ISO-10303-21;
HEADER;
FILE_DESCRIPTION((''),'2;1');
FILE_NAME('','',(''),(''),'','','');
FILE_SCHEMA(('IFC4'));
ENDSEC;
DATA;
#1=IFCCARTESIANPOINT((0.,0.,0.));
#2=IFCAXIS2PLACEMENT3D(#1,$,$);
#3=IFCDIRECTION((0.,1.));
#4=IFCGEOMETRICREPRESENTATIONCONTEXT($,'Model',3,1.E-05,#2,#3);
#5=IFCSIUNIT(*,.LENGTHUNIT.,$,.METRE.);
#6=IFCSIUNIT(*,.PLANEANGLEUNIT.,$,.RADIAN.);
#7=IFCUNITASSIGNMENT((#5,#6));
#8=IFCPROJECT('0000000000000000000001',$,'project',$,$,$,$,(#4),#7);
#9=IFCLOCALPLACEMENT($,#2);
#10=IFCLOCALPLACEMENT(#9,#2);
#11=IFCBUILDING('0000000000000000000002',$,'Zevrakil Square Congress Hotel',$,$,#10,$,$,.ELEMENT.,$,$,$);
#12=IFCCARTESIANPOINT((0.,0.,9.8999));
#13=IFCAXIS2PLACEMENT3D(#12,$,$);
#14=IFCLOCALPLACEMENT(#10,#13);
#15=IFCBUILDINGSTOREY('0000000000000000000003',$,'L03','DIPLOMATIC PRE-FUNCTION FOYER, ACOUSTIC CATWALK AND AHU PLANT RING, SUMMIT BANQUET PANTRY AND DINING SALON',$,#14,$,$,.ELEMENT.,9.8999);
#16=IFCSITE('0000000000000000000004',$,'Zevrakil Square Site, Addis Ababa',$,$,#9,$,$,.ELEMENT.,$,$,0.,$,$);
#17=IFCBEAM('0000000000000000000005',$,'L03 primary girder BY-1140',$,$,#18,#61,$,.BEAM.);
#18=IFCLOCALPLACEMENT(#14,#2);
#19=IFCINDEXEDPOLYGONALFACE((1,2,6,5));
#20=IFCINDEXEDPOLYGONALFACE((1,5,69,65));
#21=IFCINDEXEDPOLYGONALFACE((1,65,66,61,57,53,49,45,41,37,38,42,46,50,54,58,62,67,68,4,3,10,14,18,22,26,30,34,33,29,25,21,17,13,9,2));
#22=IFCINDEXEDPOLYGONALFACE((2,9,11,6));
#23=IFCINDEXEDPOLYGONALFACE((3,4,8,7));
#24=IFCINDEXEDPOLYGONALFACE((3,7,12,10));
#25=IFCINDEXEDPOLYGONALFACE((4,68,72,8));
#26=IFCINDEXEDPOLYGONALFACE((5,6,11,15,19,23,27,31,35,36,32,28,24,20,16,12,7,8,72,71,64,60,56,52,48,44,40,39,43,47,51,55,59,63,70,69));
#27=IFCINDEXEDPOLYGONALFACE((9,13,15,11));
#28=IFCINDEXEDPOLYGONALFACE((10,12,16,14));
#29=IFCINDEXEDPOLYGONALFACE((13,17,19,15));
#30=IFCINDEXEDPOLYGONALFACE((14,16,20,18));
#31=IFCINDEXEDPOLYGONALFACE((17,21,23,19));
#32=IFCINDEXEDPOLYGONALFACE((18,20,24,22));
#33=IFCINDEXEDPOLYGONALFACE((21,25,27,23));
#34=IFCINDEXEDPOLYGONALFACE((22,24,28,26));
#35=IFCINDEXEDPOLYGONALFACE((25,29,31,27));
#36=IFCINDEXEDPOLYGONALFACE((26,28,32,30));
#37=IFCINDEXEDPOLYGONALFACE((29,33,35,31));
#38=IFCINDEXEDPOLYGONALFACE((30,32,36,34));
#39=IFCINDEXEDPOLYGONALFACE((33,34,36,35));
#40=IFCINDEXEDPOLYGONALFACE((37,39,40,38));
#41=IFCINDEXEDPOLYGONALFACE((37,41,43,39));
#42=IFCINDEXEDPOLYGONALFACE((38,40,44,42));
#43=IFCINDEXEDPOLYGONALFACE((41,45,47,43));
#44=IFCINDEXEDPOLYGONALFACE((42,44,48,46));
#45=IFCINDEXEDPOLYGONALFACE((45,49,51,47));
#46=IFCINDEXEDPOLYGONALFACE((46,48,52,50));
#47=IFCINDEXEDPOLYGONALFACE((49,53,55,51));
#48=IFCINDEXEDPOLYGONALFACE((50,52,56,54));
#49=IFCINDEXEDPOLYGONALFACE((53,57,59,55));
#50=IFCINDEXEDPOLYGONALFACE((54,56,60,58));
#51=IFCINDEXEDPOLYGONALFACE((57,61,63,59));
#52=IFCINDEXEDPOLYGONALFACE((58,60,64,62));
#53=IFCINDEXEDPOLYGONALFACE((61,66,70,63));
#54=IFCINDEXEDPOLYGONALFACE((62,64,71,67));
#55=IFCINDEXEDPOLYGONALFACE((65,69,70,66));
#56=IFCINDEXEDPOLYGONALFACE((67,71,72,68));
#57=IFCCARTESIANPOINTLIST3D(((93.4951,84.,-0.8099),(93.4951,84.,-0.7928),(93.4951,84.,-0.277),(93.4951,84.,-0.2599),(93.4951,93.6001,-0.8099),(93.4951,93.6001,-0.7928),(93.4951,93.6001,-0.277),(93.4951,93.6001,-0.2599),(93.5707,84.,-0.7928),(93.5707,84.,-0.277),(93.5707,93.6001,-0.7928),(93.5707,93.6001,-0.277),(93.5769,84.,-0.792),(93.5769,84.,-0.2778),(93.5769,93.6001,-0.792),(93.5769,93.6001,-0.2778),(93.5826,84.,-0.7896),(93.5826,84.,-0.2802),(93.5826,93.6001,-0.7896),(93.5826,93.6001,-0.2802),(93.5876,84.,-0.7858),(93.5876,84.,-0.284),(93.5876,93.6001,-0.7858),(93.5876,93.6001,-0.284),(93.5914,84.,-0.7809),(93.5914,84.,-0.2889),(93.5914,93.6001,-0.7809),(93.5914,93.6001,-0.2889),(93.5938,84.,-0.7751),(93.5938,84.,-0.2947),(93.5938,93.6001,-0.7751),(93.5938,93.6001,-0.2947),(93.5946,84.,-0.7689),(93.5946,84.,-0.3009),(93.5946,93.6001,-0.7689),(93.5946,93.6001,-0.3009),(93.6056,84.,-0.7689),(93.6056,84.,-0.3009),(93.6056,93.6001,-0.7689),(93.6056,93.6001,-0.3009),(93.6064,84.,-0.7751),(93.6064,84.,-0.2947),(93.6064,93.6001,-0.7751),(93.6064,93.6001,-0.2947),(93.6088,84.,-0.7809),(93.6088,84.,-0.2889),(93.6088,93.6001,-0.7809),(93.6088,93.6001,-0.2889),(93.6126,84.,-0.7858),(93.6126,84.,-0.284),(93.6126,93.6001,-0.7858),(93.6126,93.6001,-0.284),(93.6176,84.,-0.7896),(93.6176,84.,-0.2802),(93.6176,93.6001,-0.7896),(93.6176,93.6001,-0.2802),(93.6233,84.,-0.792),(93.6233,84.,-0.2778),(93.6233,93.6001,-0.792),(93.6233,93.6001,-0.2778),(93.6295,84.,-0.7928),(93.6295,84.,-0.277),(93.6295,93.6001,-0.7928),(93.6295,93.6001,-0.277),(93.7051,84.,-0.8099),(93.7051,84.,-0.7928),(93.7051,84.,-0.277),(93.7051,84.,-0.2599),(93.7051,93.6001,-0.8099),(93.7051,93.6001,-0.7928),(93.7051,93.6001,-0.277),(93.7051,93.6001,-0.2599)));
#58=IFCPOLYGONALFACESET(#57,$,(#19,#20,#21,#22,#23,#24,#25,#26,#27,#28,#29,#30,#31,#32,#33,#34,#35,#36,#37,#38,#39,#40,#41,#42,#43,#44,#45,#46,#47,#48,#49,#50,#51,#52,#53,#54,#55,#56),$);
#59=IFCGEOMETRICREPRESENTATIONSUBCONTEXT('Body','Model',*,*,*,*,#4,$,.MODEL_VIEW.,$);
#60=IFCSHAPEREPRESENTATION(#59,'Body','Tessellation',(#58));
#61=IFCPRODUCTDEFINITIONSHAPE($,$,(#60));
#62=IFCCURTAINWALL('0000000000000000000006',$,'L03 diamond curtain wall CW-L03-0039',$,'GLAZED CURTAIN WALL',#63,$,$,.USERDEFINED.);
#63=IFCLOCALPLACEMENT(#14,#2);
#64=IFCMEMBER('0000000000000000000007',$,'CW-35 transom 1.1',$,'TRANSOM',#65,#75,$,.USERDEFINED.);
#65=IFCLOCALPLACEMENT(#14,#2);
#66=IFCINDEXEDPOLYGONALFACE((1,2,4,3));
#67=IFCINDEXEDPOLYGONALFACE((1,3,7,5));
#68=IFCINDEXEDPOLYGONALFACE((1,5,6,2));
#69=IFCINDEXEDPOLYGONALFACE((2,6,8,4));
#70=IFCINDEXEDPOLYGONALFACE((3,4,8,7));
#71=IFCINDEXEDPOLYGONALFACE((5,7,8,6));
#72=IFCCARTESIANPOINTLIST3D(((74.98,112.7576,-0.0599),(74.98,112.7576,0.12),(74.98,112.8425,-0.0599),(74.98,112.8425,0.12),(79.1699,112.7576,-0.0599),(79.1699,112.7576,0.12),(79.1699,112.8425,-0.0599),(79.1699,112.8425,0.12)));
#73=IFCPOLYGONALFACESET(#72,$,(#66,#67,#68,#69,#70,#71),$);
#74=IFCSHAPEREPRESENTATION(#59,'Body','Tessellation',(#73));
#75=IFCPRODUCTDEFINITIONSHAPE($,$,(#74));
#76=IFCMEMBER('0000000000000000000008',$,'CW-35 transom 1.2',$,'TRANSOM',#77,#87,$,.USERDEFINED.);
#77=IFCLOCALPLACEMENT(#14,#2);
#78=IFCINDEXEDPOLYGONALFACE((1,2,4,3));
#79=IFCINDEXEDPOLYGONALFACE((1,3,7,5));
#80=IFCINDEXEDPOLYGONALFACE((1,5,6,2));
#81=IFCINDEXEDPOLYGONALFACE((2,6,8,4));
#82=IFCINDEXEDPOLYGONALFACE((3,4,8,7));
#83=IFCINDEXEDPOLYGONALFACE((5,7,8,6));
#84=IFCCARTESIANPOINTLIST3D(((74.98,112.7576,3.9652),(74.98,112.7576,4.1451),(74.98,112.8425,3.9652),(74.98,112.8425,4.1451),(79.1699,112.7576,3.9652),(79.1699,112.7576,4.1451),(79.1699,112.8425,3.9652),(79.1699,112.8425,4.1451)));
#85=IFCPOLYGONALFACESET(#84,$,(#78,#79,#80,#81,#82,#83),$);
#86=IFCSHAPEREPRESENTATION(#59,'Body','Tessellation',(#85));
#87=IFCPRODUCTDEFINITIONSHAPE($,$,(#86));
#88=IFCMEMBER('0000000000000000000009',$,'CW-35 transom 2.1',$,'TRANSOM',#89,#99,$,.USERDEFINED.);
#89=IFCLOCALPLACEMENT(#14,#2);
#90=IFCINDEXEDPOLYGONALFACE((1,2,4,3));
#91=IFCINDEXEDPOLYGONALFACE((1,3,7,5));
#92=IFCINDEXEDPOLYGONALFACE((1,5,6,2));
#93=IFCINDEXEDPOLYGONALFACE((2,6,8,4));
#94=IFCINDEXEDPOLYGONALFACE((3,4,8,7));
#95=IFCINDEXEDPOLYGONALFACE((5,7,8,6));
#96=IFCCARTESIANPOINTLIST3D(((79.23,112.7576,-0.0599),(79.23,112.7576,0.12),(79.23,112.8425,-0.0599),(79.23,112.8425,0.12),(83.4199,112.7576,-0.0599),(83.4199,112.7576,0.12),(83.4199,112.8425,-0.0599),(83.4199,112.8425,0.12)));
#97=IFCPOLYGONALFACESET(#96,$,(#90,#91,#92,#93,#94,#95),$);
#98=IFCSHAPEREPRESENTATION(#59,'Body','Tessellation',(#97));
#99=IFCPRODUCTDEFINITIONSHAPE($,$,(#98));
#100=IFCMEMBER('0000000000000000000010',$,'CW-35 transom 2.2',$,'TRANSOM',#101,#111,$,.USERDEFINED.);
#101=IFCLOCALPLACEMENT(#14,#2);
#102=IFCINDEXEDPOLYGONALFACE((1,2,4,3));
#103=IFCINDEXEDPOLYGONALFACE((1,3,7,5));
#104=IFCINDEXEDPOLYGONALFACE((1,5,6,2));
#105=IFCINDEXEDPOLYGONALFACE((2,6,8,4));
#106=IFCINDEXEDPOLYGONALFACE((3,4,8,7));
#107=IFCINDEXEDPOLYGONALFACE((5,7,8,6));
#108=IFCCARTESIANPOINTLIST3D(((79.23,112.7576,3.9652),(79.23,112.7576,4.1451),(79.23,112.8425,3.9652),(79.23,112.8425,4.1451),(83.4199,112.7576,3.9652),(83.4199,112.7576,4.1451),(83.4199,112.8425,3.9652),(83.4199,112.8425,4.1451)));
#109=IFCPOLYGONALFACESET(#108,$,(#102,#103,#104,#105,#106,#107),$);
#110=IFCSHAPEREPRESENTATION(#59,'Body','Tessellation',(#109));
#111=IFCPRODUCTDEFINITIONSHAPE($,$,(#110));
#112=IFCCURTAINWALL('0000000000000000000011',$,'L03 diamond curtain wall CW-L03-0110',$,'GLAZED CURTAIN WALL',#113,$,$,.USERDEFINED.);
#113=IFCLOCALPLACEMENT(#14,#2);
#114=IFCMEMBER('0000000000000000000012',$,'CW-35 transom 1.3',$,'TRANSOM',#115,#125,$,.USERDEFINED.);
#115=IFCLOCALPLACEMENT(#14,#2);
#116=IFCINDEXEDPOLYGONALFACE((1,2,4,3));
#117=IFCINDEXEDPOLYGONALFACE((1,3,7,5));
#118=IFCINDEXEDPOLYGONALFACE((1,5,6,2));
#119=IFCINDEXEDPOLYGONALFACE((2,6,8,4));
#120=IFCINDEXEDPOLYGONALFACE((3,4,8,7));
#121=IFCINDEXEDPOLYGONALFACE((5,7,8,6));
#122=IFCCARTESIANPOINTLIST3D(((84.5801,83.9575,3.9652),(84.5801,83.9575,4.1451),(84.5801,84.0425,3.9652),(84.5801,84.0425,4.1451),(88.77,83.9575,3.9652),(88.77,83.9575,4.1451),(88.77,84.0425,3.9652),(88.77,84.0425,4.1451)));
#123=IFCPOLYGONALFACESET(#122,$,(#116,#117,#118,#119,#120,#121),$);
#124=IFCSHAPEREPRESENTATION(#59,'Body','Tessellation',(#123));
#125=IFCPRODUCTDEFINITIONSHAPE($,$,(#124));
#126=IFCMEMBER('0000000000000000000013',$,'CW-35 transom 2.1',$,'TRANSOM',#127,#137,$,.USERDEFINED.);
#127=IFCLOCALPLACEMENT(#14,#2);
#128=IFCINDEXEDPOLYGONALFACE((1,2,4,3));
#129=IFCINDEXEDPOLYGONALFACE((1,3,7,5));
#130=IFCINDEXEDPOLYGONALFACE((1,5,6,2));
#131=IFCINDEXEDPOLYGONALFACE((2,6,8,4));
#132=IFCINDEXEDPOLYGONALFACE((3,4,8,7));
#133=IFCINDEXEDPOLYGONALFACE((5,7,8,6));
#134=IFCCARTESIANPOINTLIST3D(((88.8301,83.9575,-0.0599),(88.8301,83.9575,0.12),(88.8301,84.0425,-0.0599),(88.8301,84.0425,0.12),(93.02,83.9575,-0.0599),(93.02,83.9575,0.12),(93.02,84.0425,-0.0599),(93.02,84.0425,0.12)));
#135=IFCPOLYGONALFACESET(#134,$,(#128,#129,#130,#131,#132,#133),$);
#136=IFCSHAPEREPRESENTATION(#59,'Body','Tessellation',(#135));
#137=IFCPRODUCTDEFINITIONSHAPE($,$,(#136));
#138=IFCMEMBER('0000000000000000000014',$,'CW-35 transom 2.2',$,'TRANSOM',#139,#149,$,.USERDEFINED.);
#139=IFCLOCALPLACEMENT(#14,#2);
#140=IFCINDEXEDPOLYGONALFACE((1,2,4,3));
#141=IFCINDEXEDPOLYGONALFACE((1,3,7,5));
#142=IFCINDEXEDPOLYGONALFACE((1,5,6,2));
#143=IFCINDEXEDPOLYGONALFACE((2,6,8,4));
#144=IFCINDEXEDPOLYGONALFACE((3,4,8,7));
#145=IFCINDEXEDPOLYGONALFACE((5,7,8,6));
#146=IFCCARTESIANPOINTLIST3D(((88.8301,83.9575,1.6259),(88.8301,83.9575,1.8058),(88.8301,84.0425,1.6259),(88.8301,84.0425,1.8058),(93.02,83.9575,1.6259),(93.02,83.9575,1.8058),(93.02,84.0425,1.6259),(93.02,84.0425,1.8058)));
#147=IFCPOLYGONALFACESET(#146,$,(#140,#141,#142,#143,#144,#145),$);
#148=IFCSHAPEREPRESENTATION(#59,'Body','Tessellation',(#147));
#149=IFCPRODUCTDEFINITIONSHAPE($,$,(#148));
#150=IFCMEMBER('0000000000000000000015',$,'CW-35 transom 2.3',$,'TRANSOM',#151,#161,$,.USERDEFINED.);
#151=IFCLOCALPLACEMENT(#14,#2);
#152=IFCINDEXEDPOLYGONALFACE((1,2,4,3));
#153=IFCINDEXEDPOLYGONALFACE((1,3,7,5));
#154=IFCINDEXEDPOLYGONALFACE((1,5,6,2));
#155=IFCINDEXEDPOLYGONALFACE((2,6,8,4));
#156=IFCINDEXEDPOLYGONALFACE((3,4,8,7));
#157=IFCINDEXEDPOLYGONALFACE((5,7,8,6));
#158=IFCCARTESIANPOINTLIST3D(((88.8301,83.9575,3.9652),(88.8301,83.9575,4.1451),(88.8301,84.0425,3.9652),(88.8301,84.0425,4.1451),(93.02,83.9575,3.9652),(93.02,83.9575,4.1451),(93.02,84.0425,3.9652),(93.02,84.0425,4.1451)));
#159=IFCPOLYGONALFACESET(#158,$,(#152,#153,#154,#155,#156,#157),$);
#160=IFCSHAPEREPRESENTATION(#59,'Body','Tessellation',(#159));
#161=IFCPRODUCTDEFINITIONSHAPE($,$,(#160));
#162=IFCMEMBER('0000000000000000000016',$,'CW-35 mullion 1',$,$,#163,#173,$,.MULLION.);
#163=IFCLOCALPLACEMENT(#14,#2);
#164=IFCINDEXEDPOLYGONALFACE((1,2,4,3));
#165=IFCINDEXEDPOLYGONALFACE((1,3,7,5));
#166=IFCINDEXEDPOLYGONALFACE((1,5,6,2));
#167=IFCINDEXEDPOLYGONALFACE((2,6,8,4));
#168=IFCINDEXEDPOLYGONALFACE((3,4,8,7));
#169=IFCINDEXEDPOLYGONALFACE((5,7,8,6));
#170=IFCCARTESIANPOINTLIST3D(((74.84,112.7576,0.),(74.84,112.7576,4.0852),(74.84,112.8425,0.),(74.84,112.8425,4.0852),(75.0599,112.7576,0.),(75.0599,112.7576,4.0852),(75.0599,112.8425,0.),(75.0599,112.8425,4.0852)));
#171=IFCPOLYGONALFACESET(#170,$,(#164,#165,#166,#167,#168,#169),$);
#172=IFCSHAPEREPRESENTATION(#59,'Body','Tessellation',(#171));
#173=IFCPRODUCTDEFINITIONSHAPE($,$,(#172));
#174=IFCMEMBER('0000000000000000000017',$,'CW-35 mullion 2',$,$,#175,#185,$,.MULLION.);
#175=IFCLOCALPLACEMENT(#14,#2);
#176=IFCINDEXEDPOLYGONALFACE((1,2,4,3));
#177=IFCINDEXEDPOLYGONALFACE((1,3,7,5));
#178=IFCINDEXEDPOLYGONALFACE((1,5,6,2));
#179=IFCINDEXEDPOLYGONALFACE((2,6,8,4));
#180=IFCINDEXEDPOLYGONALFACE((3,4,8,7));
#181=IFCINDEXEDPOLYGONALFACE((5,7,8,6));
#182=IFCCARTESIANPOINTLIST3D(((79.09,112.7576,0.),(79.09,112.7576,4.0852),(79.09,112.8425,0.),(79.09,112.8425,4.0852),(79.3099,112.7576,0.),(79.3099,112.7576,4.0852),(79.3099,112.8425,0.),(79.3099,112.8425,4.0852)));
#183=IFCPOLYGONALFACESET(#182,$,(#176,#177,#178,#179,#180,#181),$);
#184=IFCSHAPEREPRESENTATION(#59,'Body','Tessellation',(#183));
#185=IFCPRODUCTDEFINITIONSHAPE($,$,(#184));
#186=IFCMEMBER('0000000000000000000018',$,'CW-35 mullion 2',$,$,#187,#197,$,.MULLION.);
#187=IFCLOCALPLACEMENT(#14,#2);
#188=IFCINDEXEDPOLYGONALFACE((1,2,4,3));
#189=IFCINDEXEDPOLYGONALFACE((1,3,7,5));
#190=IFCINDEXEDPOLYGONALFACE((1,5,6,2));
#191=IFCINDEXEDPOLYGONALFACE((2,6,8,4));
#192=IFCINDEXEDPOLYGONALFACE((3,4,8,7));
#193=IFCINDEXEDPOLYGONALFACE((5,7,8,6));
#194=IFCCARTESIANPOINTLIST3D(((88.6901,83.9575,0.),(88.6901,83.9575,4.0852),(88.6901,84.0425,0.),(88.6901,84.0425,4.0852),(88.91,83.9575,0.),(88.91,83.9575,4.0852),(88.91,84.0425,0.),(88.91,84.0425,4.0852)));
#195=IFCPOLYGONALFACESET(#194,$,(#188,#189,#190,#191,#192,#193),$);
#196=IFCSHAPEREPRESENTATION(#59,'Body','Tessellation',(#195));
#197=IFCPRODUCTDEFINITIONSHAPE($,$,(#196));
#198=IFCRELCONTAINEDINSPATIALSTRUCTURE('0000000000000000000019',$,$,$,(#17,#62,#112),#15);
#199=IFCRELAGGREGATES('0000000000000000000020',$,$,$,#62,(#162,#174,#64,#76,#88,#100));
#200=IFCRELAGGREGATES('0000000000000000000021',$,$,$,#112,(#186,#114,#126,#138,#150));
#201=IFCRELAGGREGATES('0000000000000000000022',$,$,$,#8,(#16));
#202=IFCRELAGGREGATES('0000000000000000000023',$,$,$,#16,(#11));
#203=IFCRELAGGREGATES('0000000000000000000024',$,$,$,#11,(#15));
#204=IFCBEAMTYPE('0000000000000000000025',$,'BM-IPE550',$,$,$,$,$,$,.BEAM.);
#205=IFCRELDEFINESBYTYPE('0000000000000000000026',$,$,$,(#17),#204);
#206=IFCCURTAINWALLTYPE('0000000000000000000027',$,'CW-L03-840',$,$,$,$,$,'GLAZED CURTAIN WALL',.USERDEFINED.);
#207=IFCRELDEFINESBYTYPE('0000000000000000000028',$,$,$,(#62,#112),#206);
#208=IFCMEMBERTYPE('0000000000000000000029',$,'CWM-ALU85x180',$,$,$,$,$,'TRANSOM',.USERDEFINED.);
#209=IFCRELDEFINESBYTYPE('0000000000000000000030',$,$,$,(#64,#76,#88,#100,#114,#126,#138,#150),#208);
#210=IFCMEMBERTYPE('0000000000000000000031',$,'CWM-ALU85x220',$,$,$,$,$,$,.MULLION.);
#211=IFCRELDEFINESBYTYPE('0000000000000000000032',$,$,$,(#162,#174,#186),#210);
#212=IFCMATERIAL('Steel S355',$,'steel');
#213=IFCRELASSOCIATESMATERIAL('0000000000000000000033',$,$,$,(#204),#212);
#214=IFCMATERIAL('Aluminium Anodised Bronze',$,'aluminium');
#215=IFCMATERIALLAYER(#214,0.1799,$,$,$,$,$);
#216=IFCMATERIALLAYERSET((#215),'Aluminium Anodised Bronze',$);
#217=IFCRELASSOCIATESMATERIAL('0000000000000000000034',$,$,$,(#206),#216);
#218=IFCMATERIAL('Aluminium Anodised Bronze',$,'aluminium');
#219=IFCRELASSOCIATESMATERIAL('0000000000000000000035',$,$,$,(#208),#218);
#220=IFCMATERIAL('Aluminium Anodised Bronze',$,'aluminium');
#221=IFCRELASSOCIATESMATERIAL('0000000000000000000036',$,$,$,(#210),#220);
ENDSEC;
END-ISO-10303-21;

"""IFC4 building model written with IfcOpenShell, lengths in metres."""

from ifc_helpers import new_model, si_unit, direction, frame, origin, origin_2d, place, context, subcontext, project, spatial, rectangle, i_section, extrude, material, layer, layer_set, material_profile, profile_set, type_object, element, aggregate, save


model = new_model("IFC4")

# Units and contexts
model_context = context("Model", 3, precision=1e-05, world=origin(), true_north=direction((0.0, 1.0)))
body_context = subcontext(model_context, "Body", "Model", "MODEL_VIEW")
ifc_project = project(units=[si_unit("LENGTHUNIT", "METRE"), si_unit("PLANEANGLEUNIT", "RADIAN")], contexts=[model_context])

# Site, building, storey
site_placement = place(None, origin())
site = spatial("IfcSite", under=ifc_project, at=site_placement, Name="Zevrakil Square Site, Addis Ababa", CompositionType="ELEMENT", RefElevation=0.0)
building_placement = place(site_placement, origin())
building = spatial("IfcBuilding", under=site, at=building_placement, Name="Zevrakil Square Congress Hotel", CompositionType="ELEMENT")
storey_placement = place(building_placement, frame((0.0, 0.0, 9.8999)))
storey = spatial("IfcBuildingStorey", under=building, at=storey_placement, Name="L03", Description="DIPLOMATIC PRE-FUNCTION FOYER, ACOUSTIC CATWALK AND AHU PLANT RING, SUMMIT BANQUET PANTRY AND DINING SALON", CompositionType="ELEMENT", Elevation=9.8999)

# Beam
ifc_material_1 = material(Name="Steel S355", Category="steel")
ifc_material_profile_1 = material_profile(ifc_material_1, i_section(OverallWidth=0.21, OverallDepth=0.55, WebThickness=0.011, FlangeThickness=0.0171, FilletRadius=0.0239, at=origin_2d()), Name="IPE 550")
ifc_profile_set_1 = profile_set([ifc_material_profile_1], Name="Steel S355")
beam_type_1 = type_object("IfcBeamType", Name="BM-IPE550", PredefinedType="BEAM", material=ifc_profile_set_1)
for number, where, z_axis, x_axis, name in (
    (1, (93.6001, 84.0, -0.5349), (0.0, 1.0, 0.0), (-1.0, 0.0, 0.0), "L03 primary girder BY-1140"),
):
    element("IfcBeam", number, at=place(storey_placement, frame(where, z_axis=z_axis, x_axis=x_axis)), inside=storey, type_object=beam_type_1, Name=name, PredefinedType="BEAM", context=body_context, shape_type="SweptSolid", body=[
        extrude(i_section(OverallWidth=0.21, OverallDepth=0.55, WebThickness=0.011, FlangeThickness=0.0171, FilletRadius=0.0239, at=origin_2d()), origin(), (0.0, 0.0, 1.0), 9.6001),
    ])

# Curtain walls, members
ifc_material_2 = material(Name="Aluminium Anodised Bronze", Category="aluminium")
ifc_layer_1 = layer(ifc_material_2, 0.1799)
ifc_layer_set_1 = layer_set([ifc_layer_1], Name="Aluminium Anodised Bronze")
curtain_wall_type = type_object("IfcCurtainWallType", Name="CW-L03-840", ElementType="GLAZED CURTAIN WALL", PredefinedType="USERDEFINED", material=ifc_layer_set_1)
curtain_wall_1_placement = place(storey_placement, origin())
curtain_wall_1 = element("IfcCurtainWall", 2, at=curtain_wall_1_placement, inside=storey, type_object=curtain_wall_type, Name="L03 diamond curtain wall CW-L03-0039", ObjectType="GLAZED CURTAIN WALL", PredefinedType="USERDEFINED")
ifc_material_3 = material(Name="Aluminium Anodised Bronze", Category="aluminium")
ifc_material_profile_2 = material_profile(ifc_material_3, rectangle(XDim=0.085, YDim=0.1799, at=origin_2d()), Name="ALU 85x180")
ifc_profile_set_2 = profile_set([ifc_material_profile_2], Name="Aluminium Anodised Bronze")
member_type_1 = type_object("IfcMemberType", Name="CWM-ALU85x180", ElementType="TRANSOM", PredefinedType="USERDEFINED", material=ifc_profile_set_2)
member_1_placement = place(storey_placement, frame((74.98, 112.8, 0.03), z_axis=(1.0, 0.0, 0.0), x_axis=(0.0, 1.0, 0.0)))
member_1 = element("IfcMember", 3, at=member_1_placement, type_object=member_type_1, Name="CW-35 transom 1.1", ObjectType="TRANSOM", PredefinedType="USERDEFINED", context=body_context, shape_type="SweptSolid", body=[
    extrude(rectangle(XDim=0.085, YDim=0.1799, at=origin_2d()), origin(), (0.0, 0.0, 1.0), 4.1899),
])
member_2_placement = place(storey_placement, frame((74.98, 112.8, 4.0552), z_axis=(1.0, 0.0, 0.0), x_axis=(0.0, 1.0, 0.0)))
member_2 = element("IfcMember", 4, at=member_2_placement, type_object=member_type_1, Name="CW-35 transom 1.2", ObjectType="TRANSOM", PredefinedType="USERDEFINED", context=body_context, shape_type="SweptSolid", body=[
    extrude(rectangle(XDim=0.085, YDim=0.1799, at=origin_2d()), origin(), (0.0, 0.0, 1.0), 4.1899),
])
member_3_placement = place(storey_placement, frame((79.23, 112.8, 0.03), z_axis=(1.0, 0.0, 0.0), x_axis=(0.0, 1.0, 0.0)))
member_3 = element("IfcMember", 5, at=member_3_placement, type_object=member_type_1, Name="CW-35 transom 2.1", ObjectType="TRANSOM", PredefinedType="USERDEFINED", context=body_context, shape_type="SweptSolid", body=[
    extrude(rectangle(XDim=0.085, YDim=0.1799, at=origin_2d()), origin(), (0.0, 0.0, 1.0), 4.1899),
])
member_4_placement = place(storey_placement, frame((79.23, 112.8, 4.0552), z_axis=(1.0, 0.0, 0.0), x_axis=(0.0, 1.0, 0.0)))
member_4 = element("IfcMember", 6, at=member_4_placement, type_object=member_type_1, Name="CW-35 transom 2.2", ObjectType="TRANSOM", PredefinedType="USERDEFINED", context=body_context, shape_type="SweptSolid", body=[
    extrude(rectangle(XDim=0.085, YDim=0.1799, at=origin_2d()), origin(), (0.0, 0.0, 1.0), 4.1899),
])
curtain_wall_2_placement = place(storey_placement, origin())
curtain_wall_2 = element("IfcCurtainWall", 7, at=curtain_wall_2_placement, inside=storey, type_object=curtain_wall_type, Name="L03 diamond curtain wall CW-L03-0110", ObjectType="GLAZED CURTAIN WALL", PredefinedType="USERDEFINED")
member_5_placement = place(storey_placement, frame((84.5801, 84.0, 4.0552), z_axis=(1.0, 0.0, 0.0), x_axis=(0.0, 1.0, 0.0)))
member_5 = element("IfcMember", 8, at=member_5_placement, type_object=member_type_1, Name="CW-35 transom 1.3", ObjectType="TRANSOM", PredefinedType="USERDEFINED", context=body_context, shape_type="SweptSolid", body=[
    extrude(rectangle(XDim=0.085, YDim=0.1799, at=origin_2d()), origin(), (0.0, 0.0, 1.0), 4.1899),
])
member_6_placement = place(storey_placement, frame((88.8301, 84.0, 0.03), z_axis=(1.0, 0.0, 0.0), x_axis=(0.0, 1.0, 0.0)))
member_6 = element("IfcMember", 9, at=member_6_placement, type_object=member_type_1, Name="CW-35 transom 2.1", ObjectType="TRANSOM", PredefinedType="USERDEFINED", context=body_context, shape_type="SweptSolid", body=[
    extrude(rectangle(XDim=0.085, YDim=0.1799, at=origin_2d()), origin(), (0.0, 0.0, 1.0), 4.1899),
])
member_7_placement = place(storey_placement, frame((88.8301, 84.0, 1.7158), z_axis=(1.0, 0.0, 0.0), x_axis=(0.0, 1.0, 0.0)))
member_7 = element("IfcMember", 10, at=member_7_placement, type_object=member_type_1, Name="CW-35 transom 2.2", ObjectType="TRANSOM", PredefinedType="USERDEFINED", context=body_context, shape_type="SweptSolid", body=[
    extrude(rectangle(XDim=0.085, YDim=0.1799, at=origin_2d()), origin(), (0.0, 0.0, 1.0), 4.1899),
])
member_8_placement = place(storey_placement, frame((88.8301, 84.0, 4.0552), z_axis=(1.0, 0.0, 0.0), x_axis=(0.0, 1.0, 0.0)))
member_8 = element("IfcMember", 11, at=member_8_placement, type_object=member_type_1, Name="CW-35 transom 2.3", ObjectType="TRANSOM", PredefinedType="USERDEFINED", context=body_context, shape_type="SweptSolid", body=[
    extrude(rectangle(XDim=0.085, YDim=0.1799, at=origin_2d()), origin(), (0.0, 0.0, 1.0), 4.1899),
])

# Members
ifc_material_4 = material(Name="Aluminium Anodised Bronze", Category="aluminium")
ifc_material_profile_3 = material_profile(ifc_material_4, rectangle(XDim=0.085, YDim=0.22, at=origin_2d()), Name="ALU 85x220")
ifc_profile_set_3 = profile_set([ifc_material_profile_3], Name="Aluminium Anodised Bronze")
member_type_2 = type_object("IfcMemberType", Name="CWM-ALU85x220", PredefinedType="MULLION", material=ifc_profile_set_3)
member_9_placement = place(storey_placement, frame((74.95, 112.8, 0.0), z_axis=(0.0, 0.0, 1.0), x_axis=(0.0, 1.0, 0.0)))
member_9 = element("IfcMember", 12, at=member_9_placement, type_object=member_type_2, Name="CW-35 mullion 1", PredefinedType="MULLION", context=body_context, shape_type="SweptSolid", body=[
    extrude(rectangle(XDim=0.085, YDim=0.22, at=origin_2d()), origin(), (0.0, 0.0, 1.0), 4.0852),
])
member_10_placement = place(storey_placement, frame((79.2, 112.8, 0.0), z_axis=(0.0, 0.0, 1.0), x_axis=(0.0, 1.0, 0.0)))
member_10 = element("IfcMember", 13, at=member_10_placement, type_object=member_type_2, Name="CW-35 mullion 2", PredefinedType="MULLION", context=body_context, shape_type="SweptSolid", body=[
    extrude(rectangle(XDim=0.085, YDim=0.22, at=origin_2d()), origin(), (0.0, 0.0, 1.0), 4.0852),
])
member_11_placement = place(storey_placement, frame((88.8, 84.0, 0.0), z_axis=(0.0, 0.0, 1.0), x_axis=(0.0, 1.0, 0.0)))
member_11 = element("IfcMember", 14, at=member_11_placement, type_object=member_type_2, Name="CW-35 mullion 2", PredefinedType="MULLION", context=body_context, shape_type="SweptSolid", body=[
    extrude(rectangle(XDim=0.085, YDim=0.22, at=origin_2d()), origin(), (0.0, 0.0, 1.0), 4.0852),
])

aggregate(curtain_wall_1, [member_9, member_10, member_1, member_2, member_3, member_4])
aggregate(curtain_wall_2, [member_11, member_5, member_6, member_7, member_8])

save(model, "model.ifc")
